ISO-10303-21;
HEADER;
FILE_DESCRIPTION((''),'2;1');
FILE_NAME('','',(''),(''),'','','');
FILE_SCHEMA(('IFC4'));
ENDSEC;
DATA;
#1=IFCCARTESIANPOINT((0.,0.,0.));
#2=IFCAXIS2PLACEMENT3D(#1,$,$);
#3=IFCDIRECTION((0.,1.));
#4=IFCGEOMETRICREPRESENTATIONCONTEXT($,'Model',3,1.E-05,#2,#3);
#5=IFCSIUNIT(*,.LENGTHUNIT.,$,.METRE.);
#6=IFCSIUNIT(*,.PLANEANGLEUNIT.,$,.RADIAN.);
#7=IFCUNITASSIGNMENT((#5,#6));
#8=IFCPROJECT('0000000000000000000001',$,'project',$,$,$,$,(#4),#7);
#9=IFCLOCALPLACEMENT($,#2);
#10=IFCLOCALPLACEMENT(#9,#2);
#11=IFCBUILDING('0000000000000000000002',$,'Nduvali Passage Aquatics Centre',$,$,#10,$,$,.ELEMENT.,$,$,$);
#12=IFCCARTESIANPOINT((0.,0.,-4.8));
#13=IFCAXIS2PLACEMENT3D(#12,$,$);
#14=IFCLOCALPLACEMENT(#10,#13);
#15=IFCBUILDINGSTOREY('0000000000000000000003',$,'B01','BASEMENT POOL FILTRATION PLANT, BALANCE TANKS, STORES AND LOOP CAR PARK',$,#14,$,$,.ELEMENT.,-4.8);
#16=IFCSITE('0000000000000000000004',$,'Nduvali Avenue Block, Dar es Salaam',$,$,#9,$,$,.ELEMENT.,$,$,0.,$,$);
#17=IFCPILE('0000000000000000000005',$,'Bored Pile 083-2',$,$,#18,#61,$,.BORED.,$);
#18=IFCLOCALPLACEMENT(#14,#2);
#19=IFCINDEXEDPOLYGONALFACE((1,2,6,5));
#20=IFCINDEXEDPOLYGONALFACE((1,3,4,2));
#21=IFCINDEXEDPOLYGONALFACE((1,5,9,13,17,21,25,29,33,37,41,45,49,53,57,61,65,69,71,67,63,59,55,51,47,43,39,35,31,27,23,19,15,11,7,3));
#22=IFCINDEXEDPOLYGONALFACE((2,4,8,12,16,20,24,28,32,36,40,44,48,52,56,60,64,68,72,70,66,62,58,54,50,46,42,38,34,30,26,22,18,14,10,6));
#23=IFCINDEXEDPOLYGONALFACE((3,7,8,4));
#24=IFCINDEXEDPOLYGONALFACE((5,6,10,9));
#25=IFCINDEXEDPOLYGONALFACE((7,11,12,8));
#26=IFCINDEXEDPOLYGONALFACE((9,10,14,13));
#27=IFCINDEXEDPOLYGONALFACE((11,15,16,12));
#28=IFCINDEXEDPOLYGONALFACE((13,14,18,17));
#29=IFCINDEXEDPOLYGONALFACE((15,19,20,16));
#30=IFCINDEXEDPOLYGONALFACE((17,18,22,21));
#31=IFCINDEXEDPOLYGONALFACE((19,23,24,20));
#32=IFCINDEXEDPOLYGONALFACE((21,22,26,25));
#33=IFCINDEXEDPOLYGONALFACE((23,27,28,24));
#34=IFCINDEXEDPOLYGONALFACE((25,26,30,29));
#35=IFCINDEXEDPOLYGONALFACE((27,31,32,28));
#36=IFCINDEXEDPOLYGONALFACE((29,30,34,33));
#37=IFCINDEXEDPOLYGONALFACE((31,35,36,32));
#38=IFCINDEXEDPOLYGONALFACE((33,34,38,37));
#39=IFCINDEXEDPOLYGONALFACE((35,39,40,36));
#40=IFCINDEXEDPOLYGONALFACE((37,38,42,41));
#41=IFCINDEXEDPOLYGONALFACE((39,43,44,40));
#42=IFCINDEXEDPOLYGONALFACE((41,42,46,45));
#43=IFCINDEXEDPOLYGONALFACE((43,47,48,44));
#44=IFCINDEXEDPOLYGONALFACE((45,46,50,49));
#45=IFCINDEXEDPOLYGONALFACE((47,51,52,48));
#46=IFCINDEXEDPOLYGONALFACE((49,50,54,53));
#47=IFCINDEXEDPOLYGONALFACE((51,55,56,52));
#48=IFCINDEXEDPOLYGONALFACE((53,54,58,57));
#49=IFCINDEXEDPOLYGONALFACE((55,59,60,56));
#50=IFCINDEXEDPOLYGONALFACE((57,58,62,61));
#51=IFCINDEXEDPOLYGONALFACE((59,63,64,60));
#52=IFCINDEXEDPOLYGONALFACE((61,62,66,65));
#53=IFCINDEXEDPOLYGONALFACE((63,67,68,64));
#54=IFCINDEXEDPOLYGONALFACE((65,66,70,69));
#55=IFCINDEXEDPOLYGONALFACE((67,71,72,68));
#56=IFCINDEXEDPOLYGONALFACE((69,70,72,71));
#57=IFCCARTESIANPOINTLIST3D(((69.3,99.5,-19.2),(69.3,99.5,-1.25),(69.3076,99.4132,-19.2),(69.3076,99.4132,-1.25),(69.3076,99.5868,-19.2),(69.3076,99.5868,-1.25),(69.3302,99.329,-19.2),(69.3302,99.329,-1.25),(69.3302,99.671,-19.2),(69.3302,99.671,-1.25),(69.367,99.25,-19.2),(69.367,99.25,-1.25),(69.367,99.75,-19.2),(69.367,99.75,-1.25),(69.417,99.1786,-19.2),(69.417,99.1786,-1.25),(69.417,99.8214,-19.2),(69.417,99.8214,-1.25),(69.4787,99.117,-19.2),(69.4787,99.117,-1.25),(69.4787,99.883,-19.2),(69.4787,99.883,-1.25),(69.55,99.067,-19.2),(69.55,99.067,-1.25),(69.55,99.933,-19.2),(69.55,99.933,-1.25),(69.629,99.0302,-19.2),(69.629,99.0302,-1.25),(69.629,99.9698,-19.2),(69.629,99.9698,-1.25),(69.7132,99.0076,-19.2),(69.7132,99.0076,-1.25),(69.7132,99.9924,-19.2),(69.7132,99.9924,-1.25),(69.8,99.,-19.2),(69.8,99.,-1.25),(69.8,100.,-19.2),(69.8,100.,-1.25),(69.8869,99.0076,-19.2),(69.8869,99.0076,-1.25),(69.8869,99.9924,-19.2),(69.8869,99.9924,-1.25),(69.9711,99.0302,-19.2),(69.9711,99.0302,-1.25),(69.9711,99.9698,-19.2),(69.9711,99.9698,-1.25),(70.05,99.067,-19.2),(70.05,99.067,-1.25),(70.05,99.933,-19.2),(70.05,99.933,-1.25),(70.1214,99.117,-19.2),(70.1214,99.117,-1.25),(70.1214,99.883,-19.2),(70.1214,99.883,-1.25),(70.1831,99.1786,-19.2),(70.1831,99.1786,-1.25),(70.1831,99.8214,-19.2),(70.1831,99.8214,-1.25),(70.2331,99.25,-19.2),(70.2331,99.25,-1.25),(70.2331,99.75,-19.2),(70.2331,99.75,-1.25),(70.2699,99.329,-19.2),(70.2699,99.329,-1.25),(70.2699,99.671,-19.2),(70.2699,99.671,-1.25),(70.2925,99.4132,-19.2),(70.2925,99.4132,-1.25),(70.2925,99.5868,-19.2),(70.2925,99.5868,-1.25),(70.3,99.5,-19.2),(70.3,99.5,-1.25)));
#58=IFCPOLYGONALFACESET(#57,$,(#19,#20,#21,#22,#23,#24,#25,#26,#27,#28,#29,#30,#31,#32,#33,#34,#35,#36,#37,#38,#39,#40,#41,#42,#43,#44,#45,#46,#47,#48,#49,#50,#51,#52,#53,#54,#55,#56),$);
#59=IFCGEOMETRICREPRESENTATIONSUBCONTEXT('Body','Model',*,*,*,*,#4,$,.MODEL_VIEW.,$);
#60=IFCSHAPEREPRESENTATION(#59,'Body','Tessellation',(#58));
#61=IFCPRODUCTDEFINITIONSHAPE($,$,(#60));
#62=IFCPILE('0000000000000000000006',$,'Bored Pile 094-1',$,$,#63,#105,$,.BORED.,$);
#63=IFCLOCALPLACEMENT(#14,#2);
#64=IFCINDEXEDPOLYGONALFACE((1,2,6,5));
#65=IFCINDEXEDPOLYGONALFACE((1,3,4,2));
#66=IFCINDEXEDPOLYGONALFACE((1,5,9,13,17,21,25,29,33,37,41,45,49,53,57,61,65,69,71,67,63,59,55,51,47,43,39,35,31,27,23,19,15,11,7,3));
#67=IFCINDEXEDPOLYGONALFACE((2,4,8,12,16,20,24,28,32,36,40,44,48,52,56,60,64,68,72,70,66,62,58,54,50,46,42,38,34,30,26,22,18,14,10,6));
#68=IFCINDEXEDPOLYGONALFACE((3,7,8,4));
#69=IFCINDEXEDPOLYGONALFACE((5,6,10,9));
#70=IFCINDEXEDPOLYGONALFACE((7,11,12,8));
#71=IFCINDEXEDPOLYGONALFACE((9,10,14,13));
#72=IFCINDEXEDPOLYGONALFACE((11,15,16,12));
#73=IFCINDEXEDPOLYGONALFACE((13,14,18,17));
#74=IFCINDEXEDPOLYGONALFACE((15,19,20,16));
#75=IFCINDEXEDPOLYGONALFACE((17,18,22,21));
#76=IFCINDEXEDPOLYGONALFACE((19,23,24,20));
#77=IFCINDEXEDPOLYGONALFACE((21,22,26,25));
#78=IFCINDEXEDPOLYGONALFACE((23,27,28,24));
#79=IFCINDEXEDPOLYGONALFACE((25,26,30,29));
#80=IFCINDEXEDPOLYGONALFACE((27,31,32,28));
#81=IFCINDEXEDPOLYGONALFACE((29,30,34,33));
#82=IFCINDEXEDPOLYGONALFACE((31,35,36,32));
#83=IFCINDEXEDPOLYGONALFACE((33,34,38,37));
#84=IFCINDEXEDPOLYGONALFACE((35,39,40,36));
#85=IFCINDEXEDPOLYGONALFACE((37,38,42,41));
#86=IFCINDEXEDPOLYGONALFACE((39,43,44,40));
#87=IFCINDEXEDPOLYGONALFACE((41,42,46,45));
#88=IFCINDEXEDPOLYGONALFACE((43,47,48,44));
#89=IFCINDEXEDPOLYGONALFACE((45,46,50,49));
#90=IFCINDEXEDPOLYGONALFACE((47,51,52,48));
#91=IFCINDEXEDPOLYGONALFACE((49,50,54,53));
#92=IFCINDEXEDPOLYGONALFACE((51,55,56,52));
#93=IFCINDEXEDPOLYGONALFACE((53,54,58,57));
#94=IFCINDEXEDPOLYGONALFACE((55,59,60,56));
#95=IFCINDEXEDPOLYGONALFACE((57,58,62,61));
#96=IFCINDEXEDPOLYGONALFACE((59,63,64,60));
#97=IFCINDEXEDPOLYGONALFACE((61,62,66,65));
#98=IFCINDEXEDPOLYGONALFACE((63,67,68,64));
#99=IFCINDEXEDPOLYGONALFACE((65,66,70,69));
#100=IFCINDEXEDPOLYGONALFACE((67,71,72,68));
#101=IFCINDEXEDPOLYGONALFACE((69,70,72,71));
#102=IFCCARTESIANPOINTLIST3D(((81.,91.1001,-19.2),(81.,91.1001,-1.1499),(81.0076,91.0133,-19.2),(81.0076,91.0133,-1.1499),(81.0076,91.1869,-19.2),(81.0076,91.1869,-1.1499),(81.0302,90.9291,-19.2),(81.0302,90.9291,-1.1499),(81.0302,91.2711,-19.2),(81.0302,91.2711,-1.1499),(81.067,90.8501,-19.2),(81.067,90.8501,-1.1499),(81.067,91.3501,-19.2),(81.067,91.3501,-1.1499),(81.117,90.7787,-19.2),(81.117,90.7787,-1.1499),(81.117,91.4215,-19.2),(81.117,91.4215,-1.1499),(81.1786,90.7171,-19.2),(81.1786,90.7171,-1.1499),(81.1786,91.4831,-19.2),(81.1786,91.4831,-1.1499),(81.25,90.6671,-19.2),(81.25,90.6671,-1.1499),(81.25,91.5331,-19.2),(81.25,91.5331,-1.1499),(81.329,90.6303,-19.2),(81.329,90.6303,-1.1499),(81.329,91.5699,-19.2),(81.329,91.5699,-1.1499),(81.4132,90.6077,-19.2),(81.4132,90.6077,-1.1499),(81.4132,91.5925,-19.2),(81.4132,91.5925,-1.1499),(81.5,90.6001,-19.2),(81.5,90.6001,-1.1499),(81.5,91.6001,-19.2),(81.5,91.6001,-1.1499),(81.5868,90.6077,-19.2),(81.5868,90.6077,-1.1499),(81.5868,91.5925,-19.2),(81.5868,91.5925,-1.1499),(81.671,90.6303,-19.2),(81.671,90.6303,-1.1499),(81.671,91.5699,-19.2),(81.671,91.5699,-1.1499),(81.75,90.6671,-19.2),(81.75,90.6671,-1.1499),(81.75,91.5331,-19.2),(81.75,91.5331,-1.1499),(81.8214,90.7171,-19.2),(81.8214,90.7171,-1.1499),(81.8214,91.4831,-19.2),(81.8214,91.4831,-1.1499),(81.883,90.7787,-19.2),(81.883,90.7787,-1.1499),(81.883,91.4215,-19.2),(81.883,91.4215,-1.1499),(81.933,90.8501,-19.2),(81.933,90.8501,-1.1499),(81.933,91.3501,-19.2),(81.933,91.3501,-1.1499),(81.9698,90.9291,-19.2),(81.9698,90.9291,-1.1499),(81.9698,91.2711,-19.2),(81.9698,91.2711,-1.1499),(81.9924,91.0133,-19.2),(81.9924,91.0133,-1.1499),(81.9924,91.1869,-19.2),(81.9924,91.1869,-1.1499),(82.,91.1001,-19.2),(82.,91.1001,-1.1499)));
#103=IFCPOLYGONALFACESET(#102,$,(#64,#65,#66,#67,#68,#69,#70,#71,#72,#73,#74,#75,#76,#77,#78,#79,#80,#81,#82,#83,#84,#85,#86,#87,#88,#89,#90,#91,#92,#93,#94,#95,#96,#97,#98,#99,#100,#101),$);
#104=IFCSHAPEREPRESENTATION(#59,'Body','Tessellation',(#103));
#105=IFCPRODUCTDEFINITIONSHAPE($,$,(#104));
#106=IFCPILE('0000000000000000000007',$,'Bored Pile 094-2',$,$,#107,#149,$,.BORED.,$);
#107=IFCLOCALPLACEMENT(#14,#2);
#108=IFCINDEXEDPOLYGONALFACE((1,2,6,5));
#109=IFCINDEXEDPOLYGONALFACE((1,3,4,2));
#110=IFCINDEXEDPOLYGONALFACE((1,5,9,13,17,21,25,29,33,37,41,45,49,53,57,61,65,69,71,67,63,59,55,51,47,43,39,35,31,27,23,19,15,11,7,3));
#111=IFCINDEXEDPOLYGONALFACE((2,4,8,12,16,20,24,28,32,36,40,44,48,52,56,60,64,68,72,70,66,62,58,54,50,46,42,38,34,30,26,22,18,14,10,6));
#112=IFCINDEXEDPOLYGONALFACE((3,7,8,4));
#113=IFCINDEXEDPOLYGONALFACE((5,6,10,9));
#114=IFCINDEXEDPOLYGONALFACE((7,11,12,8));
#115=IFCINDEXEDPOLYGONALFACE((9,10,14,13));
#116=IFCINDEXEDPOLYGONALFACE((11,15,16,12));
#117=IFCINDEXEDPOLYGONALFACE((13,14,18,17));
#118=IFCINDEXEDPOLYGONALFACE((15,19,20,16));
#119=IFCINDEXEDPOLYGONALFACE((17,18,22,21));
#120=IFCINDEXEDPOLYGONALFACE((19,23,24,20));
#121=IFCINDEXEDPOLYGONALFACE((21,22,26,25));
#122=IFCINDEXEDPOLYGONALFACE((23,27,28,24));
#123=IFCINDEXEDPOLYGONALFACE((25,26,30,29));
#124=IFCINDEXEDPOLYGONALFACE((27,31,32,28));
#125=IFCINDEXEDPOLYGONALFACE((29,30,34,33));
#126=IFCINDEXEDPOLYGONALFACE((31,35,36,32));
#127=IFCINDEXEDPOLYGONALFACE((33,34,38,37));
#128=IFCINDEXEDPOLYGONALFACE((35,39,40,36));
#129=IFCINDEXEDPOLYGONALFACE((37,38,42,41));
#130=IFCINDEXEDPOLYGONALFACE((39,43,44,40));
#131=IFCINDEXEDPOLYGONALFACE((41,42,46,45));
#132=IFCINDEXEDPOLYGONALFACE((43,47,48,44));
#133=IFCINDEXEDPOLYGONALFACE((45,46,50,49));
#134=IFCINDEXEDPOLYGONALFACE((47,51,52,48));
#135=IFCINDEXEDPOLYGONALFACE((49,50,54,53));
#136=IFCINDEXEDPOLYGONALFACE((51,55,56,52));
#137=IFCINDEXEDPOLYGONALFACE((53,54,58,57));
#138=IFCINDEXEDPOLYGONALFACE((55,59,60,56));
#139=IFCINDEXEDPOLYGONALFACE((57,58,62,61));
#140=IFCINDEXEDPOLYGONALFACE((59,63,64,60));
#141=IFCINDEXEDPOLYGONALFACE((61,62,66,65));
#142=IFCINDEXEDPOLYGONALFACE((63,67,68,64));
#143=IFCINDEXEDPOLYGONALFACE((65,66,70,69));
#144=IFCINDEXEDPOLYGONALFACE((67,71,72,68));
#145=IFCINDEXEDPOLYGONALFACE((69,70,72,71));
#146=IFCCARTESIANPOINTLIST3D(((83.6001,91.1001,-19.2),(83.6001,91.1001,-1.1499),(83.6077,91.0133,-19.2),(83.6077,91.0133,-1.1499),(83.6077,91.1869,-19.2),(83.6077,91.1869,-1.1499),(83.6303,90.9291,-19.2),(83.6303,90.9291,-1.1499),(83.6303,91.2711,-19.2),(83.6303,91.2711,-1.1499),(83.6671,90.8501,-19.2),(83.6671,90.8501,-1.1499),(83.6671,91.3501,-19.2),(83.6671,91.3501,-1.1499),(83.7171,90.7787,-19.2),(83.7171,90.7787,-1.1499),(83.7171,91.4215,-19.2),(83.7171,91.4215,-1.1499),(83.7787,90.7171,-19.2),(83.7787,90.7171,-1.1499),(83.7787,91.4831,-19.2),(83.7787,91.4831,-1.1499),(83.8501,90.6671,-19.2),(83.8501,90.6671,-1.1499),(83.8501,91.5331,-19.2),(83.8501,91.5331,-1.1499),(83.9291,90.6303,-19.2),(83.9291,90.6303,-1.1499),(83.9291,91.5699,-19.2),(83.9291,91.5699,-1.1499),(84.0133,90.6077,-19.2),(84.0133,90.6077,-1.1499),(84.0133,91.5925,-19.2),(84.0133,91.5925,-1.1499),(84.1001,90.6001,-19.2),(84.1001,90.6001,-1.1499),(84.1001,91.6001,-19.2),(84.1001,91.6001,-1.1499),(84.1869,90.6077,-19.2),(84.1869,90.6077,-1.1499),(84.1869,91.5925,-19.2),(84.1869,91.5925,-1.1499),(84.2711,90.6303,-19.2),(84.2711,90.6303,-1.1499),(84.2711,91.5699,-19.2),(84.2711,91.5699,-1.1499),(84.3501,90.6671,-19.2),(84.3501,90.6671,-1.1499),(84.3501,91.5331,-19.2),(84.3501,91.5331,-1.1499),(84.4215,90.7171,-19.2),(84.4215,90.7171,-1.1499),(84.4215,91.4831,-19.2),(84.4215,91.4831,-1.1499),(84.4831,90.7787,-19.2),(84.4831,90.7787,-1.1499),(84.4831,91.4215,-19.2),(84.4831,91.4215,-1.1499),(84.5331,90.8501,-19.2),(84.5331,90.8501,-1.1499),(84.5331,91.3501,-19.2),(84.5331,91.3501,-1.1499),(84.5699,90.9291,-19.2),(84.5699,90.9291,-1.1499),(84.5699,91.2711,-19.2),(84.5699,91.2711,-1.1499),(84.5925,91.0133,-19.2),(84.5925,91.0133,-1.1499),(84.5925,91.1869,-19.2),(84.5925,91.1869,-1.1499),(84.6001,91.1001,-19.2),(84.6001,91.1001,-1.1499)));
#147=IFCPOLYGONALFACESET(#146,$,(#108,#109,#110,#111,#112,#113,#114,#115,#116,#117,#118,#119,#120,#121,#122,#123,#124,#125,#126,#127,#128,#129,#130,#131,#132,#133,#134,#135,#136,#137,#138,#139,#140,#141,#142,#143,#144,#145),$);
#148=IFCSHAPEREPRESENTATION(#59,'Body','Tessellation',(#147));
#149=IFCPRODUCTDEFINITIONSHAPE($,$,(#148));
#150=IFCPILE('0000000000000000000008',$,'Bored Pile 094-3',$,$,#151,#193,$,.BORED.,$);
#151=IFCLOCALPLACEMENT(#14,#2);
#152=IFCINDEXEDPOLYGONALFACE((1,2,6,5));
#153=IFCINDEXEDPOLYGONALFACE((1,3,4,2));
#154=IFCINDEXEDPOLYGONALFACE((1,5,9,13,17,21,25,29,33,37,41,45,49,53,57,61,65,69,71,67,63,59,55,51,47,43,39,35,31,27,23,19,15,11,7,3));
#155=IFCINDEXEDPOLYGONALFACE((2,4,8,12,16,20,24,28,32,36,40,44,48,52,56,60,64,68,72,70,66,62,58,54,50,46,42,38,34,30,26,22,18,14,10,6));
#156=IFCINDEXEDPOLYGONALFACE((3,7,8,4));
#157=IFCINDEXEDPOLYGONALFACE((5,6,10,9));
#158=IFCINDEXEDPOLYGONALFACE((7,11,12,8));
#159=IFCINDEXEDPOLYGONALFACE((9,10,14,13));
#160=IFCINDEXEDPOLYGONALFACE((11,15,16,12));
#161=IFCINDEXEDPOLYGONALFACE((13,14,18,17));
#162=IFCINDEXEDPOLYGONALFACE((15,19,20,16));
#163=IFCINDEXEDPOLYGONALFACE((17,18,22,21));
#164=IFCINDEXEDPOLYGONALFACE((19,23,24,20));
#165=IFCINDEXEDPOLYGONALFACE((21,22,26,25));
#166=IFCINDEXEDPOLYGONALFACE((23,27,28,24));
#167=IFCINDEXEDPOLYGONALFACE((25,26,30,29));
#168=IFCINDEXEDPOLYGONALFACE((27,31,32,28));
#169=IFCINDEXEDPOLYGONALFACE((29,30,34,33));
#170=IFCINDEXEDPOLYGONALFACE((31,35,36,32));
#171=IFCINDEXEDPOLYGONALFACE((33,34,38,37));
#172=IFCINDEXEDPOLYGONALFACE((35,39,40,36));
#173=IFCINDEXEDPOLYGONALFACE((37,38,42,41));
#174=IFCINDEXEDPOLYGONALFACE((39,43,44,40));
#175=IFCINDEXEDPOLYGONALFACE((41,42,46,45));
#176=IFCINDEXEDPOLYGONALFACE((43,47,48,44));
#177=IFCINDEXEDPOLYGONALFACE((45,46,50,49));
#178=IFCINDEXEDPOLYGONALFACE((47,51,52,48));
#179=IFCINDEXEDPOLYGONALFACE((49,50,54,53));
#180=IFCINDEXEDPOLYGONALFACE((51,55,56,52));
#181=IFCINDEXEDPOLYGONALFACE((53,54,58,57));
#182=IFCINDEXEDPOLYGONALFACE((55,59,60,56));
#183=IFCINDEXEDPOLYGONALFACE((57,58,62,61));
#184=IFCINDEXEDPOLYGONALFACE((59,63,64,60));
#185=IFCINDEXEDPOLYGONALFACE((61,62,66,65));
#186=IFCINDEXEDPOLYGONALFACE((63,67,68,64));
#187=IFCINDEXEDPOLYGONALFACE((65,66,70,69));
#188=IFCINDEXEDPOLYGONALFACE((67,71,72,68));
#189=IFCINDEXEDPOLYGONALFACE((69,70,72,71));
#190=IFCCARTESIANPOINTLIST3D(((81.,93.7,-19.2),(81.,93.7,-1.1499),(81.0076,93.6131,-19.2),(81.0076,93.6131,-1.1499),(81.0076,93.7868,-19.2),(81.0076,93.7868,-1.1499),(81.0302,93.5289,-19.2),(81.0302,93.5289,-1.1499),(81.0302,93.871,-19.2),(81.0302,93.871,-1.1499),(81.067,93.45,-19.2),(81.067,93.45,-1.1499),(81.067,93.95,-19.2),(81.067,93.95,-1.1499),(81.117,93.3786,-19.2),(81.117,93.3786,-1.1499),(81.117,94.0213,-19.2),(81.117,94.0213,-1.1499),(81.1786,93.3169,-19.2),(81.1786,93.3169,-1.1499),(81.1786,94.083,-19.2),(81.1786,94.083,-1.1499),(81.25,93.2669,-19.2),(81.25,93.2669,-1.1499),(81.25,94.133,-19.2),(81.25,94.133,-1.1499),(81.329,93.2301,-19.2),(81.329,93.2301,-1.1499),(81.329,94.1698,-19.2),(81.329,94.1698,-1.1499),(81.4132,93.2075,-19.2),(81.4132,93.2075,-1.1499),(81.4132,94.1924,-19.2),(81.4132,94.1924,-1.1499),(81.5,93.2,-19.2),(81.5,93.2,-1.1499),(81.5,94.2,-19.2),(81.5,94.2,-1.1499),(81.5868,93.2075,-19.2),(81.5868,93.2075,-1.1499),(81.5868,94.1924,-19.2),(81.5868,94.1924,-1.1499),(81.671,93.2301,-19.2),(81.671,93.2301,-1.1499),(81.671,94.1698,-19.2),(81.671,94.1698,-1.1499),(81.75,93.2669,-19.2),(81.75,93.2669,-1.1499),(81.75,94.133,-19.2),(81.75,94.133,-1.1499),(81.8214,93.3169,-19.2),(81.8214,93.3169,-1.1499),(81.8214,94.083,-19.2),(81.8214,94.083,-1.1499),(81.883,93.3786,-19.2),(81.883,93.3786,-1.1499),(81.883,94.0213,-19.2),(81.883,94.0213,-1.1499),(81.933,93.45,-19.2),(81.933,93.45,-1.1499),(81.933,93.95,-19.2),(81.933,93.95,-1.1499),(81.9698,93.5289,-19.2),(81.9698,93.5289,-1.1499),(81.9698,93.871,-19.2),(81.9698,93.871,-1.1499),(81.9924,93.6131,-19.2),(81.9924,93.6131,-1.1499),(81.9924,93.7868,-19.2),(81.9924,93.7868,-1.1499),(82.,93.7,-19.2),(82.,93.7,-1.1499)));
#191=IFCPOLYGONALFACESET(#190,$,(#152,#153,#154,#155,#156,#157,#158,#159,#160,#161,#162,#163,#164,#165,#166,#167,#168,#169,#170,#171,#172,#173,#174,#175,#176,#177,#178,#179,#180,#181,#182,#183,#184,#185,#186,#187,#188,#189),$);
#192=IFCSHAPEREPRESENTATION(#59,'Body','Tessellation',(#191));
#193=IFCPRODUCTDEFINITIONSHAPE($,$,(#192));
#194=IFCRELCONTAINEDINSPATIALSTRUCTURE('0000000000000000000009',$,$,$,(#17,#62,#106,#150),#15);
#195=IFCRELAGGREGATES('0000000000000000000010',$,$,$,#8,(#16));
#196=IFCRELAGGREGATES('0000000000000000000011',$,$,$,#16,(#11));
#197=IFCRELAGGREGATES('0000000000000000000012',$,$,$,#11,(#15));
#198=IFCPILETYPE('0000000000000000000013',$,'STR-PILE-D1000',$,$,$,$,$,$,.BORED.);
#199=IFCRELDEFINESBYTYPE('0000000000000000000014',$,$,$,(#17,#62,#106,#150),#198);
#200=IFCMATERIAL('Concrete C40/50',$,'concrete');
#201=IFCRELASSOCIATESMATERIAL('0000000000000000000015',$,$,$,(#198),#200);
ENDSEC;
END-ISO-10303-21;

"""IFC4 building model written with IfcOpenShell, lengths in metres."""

from ifc_helpers import new_model, si_unit, direction, frame, origin, origin_2d, place, context, subcontext, project, spatial, circle, extrude, material, material_profile, profile_set, type_object, element, save


model = new_model("IFC4")

# Units and contexts
model_context = context("Model", 3, precision=1e-05, world=origin(), true_north=direction((0.0, 1.0)))
body_context = subcontext(model_context, "Body", "Model", "MODEL_VIEW")
ifc_project = project(units=[si_unit("LENGTHUNIT", "METRE"), si_unit("PLANEANGLEUNIT", "RADIAN")], contexts=[model_context])

# Site, building, storey
site_placement = place(None, origin())
site = spatial("IfcSite", under=ifc_project, at=site_placement, Name="Nduvali Avenue Block, Dar es Salaam", CompositionType="ELEMENT", RefElevation=0.0)
building_placement = place(site_placement, origin())
building = spatial("IfcBuilding", under=site, at=building_placement, Name="Nduvali Passage Aquatics Centre", CompositionType="ELEMENT")
storey_placement = place(building_placement, frame((0.0, 0.0, -4.8)))
storey = spatial("IfcBuildingStorey", under=building, at=storey_placement, Name="B01", Description="BASEMENT POOL FILTRATION PLANT, BALANCE TANKS, STORES AND LOOP CAR PARK", CompositionType="ELEMENT", Elevation=-4.8)

# Shared definitions
ifc_material = material(Name="Concrete C40/50", Category="concrete")

# Piles
ifc_material_profile_1 = material_profile(ifc_material, circle(Radius=0.5, at=origin_2d()), Name="PILE D1000")
ifc_profile_set_1 = profile_set([ifc_material_profile_1], Name="Concrete C40/50")
pile_type_1 = type_object("IfcPileType", Name="STR-PILE-D1000", PredefinedType="BORED", material=ifc_profile_set_1)
pile_placement = place(storey_placement, frame((69.8, 99.5, -1.25), z_axis=(0.0, 0.0, -1.0), x_axis=(1.0, 0.0, 0.0)))
element("IfcPile", 1, at=pile_placement, inside=storey, type_object=pile_type_1, Name="Bored Pile 083-2", PredefinedType="BORED", context=body_context, shape_type="SweptSolid", body=[
    extrude(circle(Radius=0.5, at=origin_2d()), origin(), (0.0, 0.0, 1.0), 17.95),
])
for number, where, z_axis, x_axis, name in (
    (2, (81.5, 91.1001, -1.1499), (0.0, 0.0, -1.0), (1.0, 0.0, 0.0), "Bored Pile 094-1"),
    (3, (84.1001, 91.1001, -1.1499), (0.0, 0.0, -1.0), (1.0, 0.0, 0.0), "Bored Pile 094-2"),
    (4, (81.5, 93.7, -1.1499), (0.0, 0.0, -1.0), (1.0, 0.0, 0.0), "Bored Pile 094-3"),
):
    element("IfcPile", number, at=place(storey_placement, frame(where, z_axis=z_axis, x_axis=x_axis)), inside=storey, type_object=pile_type_1, Name=name, PredefinedType="BORED", context=body_context, shape_type="SweptSolid", body=[
        extrude(circle(Radius=0.5, at=origin_2d()), origin(), (0.0, 0.0, 1.0), 18.05),
    ])

save(model, "model.ifc")
